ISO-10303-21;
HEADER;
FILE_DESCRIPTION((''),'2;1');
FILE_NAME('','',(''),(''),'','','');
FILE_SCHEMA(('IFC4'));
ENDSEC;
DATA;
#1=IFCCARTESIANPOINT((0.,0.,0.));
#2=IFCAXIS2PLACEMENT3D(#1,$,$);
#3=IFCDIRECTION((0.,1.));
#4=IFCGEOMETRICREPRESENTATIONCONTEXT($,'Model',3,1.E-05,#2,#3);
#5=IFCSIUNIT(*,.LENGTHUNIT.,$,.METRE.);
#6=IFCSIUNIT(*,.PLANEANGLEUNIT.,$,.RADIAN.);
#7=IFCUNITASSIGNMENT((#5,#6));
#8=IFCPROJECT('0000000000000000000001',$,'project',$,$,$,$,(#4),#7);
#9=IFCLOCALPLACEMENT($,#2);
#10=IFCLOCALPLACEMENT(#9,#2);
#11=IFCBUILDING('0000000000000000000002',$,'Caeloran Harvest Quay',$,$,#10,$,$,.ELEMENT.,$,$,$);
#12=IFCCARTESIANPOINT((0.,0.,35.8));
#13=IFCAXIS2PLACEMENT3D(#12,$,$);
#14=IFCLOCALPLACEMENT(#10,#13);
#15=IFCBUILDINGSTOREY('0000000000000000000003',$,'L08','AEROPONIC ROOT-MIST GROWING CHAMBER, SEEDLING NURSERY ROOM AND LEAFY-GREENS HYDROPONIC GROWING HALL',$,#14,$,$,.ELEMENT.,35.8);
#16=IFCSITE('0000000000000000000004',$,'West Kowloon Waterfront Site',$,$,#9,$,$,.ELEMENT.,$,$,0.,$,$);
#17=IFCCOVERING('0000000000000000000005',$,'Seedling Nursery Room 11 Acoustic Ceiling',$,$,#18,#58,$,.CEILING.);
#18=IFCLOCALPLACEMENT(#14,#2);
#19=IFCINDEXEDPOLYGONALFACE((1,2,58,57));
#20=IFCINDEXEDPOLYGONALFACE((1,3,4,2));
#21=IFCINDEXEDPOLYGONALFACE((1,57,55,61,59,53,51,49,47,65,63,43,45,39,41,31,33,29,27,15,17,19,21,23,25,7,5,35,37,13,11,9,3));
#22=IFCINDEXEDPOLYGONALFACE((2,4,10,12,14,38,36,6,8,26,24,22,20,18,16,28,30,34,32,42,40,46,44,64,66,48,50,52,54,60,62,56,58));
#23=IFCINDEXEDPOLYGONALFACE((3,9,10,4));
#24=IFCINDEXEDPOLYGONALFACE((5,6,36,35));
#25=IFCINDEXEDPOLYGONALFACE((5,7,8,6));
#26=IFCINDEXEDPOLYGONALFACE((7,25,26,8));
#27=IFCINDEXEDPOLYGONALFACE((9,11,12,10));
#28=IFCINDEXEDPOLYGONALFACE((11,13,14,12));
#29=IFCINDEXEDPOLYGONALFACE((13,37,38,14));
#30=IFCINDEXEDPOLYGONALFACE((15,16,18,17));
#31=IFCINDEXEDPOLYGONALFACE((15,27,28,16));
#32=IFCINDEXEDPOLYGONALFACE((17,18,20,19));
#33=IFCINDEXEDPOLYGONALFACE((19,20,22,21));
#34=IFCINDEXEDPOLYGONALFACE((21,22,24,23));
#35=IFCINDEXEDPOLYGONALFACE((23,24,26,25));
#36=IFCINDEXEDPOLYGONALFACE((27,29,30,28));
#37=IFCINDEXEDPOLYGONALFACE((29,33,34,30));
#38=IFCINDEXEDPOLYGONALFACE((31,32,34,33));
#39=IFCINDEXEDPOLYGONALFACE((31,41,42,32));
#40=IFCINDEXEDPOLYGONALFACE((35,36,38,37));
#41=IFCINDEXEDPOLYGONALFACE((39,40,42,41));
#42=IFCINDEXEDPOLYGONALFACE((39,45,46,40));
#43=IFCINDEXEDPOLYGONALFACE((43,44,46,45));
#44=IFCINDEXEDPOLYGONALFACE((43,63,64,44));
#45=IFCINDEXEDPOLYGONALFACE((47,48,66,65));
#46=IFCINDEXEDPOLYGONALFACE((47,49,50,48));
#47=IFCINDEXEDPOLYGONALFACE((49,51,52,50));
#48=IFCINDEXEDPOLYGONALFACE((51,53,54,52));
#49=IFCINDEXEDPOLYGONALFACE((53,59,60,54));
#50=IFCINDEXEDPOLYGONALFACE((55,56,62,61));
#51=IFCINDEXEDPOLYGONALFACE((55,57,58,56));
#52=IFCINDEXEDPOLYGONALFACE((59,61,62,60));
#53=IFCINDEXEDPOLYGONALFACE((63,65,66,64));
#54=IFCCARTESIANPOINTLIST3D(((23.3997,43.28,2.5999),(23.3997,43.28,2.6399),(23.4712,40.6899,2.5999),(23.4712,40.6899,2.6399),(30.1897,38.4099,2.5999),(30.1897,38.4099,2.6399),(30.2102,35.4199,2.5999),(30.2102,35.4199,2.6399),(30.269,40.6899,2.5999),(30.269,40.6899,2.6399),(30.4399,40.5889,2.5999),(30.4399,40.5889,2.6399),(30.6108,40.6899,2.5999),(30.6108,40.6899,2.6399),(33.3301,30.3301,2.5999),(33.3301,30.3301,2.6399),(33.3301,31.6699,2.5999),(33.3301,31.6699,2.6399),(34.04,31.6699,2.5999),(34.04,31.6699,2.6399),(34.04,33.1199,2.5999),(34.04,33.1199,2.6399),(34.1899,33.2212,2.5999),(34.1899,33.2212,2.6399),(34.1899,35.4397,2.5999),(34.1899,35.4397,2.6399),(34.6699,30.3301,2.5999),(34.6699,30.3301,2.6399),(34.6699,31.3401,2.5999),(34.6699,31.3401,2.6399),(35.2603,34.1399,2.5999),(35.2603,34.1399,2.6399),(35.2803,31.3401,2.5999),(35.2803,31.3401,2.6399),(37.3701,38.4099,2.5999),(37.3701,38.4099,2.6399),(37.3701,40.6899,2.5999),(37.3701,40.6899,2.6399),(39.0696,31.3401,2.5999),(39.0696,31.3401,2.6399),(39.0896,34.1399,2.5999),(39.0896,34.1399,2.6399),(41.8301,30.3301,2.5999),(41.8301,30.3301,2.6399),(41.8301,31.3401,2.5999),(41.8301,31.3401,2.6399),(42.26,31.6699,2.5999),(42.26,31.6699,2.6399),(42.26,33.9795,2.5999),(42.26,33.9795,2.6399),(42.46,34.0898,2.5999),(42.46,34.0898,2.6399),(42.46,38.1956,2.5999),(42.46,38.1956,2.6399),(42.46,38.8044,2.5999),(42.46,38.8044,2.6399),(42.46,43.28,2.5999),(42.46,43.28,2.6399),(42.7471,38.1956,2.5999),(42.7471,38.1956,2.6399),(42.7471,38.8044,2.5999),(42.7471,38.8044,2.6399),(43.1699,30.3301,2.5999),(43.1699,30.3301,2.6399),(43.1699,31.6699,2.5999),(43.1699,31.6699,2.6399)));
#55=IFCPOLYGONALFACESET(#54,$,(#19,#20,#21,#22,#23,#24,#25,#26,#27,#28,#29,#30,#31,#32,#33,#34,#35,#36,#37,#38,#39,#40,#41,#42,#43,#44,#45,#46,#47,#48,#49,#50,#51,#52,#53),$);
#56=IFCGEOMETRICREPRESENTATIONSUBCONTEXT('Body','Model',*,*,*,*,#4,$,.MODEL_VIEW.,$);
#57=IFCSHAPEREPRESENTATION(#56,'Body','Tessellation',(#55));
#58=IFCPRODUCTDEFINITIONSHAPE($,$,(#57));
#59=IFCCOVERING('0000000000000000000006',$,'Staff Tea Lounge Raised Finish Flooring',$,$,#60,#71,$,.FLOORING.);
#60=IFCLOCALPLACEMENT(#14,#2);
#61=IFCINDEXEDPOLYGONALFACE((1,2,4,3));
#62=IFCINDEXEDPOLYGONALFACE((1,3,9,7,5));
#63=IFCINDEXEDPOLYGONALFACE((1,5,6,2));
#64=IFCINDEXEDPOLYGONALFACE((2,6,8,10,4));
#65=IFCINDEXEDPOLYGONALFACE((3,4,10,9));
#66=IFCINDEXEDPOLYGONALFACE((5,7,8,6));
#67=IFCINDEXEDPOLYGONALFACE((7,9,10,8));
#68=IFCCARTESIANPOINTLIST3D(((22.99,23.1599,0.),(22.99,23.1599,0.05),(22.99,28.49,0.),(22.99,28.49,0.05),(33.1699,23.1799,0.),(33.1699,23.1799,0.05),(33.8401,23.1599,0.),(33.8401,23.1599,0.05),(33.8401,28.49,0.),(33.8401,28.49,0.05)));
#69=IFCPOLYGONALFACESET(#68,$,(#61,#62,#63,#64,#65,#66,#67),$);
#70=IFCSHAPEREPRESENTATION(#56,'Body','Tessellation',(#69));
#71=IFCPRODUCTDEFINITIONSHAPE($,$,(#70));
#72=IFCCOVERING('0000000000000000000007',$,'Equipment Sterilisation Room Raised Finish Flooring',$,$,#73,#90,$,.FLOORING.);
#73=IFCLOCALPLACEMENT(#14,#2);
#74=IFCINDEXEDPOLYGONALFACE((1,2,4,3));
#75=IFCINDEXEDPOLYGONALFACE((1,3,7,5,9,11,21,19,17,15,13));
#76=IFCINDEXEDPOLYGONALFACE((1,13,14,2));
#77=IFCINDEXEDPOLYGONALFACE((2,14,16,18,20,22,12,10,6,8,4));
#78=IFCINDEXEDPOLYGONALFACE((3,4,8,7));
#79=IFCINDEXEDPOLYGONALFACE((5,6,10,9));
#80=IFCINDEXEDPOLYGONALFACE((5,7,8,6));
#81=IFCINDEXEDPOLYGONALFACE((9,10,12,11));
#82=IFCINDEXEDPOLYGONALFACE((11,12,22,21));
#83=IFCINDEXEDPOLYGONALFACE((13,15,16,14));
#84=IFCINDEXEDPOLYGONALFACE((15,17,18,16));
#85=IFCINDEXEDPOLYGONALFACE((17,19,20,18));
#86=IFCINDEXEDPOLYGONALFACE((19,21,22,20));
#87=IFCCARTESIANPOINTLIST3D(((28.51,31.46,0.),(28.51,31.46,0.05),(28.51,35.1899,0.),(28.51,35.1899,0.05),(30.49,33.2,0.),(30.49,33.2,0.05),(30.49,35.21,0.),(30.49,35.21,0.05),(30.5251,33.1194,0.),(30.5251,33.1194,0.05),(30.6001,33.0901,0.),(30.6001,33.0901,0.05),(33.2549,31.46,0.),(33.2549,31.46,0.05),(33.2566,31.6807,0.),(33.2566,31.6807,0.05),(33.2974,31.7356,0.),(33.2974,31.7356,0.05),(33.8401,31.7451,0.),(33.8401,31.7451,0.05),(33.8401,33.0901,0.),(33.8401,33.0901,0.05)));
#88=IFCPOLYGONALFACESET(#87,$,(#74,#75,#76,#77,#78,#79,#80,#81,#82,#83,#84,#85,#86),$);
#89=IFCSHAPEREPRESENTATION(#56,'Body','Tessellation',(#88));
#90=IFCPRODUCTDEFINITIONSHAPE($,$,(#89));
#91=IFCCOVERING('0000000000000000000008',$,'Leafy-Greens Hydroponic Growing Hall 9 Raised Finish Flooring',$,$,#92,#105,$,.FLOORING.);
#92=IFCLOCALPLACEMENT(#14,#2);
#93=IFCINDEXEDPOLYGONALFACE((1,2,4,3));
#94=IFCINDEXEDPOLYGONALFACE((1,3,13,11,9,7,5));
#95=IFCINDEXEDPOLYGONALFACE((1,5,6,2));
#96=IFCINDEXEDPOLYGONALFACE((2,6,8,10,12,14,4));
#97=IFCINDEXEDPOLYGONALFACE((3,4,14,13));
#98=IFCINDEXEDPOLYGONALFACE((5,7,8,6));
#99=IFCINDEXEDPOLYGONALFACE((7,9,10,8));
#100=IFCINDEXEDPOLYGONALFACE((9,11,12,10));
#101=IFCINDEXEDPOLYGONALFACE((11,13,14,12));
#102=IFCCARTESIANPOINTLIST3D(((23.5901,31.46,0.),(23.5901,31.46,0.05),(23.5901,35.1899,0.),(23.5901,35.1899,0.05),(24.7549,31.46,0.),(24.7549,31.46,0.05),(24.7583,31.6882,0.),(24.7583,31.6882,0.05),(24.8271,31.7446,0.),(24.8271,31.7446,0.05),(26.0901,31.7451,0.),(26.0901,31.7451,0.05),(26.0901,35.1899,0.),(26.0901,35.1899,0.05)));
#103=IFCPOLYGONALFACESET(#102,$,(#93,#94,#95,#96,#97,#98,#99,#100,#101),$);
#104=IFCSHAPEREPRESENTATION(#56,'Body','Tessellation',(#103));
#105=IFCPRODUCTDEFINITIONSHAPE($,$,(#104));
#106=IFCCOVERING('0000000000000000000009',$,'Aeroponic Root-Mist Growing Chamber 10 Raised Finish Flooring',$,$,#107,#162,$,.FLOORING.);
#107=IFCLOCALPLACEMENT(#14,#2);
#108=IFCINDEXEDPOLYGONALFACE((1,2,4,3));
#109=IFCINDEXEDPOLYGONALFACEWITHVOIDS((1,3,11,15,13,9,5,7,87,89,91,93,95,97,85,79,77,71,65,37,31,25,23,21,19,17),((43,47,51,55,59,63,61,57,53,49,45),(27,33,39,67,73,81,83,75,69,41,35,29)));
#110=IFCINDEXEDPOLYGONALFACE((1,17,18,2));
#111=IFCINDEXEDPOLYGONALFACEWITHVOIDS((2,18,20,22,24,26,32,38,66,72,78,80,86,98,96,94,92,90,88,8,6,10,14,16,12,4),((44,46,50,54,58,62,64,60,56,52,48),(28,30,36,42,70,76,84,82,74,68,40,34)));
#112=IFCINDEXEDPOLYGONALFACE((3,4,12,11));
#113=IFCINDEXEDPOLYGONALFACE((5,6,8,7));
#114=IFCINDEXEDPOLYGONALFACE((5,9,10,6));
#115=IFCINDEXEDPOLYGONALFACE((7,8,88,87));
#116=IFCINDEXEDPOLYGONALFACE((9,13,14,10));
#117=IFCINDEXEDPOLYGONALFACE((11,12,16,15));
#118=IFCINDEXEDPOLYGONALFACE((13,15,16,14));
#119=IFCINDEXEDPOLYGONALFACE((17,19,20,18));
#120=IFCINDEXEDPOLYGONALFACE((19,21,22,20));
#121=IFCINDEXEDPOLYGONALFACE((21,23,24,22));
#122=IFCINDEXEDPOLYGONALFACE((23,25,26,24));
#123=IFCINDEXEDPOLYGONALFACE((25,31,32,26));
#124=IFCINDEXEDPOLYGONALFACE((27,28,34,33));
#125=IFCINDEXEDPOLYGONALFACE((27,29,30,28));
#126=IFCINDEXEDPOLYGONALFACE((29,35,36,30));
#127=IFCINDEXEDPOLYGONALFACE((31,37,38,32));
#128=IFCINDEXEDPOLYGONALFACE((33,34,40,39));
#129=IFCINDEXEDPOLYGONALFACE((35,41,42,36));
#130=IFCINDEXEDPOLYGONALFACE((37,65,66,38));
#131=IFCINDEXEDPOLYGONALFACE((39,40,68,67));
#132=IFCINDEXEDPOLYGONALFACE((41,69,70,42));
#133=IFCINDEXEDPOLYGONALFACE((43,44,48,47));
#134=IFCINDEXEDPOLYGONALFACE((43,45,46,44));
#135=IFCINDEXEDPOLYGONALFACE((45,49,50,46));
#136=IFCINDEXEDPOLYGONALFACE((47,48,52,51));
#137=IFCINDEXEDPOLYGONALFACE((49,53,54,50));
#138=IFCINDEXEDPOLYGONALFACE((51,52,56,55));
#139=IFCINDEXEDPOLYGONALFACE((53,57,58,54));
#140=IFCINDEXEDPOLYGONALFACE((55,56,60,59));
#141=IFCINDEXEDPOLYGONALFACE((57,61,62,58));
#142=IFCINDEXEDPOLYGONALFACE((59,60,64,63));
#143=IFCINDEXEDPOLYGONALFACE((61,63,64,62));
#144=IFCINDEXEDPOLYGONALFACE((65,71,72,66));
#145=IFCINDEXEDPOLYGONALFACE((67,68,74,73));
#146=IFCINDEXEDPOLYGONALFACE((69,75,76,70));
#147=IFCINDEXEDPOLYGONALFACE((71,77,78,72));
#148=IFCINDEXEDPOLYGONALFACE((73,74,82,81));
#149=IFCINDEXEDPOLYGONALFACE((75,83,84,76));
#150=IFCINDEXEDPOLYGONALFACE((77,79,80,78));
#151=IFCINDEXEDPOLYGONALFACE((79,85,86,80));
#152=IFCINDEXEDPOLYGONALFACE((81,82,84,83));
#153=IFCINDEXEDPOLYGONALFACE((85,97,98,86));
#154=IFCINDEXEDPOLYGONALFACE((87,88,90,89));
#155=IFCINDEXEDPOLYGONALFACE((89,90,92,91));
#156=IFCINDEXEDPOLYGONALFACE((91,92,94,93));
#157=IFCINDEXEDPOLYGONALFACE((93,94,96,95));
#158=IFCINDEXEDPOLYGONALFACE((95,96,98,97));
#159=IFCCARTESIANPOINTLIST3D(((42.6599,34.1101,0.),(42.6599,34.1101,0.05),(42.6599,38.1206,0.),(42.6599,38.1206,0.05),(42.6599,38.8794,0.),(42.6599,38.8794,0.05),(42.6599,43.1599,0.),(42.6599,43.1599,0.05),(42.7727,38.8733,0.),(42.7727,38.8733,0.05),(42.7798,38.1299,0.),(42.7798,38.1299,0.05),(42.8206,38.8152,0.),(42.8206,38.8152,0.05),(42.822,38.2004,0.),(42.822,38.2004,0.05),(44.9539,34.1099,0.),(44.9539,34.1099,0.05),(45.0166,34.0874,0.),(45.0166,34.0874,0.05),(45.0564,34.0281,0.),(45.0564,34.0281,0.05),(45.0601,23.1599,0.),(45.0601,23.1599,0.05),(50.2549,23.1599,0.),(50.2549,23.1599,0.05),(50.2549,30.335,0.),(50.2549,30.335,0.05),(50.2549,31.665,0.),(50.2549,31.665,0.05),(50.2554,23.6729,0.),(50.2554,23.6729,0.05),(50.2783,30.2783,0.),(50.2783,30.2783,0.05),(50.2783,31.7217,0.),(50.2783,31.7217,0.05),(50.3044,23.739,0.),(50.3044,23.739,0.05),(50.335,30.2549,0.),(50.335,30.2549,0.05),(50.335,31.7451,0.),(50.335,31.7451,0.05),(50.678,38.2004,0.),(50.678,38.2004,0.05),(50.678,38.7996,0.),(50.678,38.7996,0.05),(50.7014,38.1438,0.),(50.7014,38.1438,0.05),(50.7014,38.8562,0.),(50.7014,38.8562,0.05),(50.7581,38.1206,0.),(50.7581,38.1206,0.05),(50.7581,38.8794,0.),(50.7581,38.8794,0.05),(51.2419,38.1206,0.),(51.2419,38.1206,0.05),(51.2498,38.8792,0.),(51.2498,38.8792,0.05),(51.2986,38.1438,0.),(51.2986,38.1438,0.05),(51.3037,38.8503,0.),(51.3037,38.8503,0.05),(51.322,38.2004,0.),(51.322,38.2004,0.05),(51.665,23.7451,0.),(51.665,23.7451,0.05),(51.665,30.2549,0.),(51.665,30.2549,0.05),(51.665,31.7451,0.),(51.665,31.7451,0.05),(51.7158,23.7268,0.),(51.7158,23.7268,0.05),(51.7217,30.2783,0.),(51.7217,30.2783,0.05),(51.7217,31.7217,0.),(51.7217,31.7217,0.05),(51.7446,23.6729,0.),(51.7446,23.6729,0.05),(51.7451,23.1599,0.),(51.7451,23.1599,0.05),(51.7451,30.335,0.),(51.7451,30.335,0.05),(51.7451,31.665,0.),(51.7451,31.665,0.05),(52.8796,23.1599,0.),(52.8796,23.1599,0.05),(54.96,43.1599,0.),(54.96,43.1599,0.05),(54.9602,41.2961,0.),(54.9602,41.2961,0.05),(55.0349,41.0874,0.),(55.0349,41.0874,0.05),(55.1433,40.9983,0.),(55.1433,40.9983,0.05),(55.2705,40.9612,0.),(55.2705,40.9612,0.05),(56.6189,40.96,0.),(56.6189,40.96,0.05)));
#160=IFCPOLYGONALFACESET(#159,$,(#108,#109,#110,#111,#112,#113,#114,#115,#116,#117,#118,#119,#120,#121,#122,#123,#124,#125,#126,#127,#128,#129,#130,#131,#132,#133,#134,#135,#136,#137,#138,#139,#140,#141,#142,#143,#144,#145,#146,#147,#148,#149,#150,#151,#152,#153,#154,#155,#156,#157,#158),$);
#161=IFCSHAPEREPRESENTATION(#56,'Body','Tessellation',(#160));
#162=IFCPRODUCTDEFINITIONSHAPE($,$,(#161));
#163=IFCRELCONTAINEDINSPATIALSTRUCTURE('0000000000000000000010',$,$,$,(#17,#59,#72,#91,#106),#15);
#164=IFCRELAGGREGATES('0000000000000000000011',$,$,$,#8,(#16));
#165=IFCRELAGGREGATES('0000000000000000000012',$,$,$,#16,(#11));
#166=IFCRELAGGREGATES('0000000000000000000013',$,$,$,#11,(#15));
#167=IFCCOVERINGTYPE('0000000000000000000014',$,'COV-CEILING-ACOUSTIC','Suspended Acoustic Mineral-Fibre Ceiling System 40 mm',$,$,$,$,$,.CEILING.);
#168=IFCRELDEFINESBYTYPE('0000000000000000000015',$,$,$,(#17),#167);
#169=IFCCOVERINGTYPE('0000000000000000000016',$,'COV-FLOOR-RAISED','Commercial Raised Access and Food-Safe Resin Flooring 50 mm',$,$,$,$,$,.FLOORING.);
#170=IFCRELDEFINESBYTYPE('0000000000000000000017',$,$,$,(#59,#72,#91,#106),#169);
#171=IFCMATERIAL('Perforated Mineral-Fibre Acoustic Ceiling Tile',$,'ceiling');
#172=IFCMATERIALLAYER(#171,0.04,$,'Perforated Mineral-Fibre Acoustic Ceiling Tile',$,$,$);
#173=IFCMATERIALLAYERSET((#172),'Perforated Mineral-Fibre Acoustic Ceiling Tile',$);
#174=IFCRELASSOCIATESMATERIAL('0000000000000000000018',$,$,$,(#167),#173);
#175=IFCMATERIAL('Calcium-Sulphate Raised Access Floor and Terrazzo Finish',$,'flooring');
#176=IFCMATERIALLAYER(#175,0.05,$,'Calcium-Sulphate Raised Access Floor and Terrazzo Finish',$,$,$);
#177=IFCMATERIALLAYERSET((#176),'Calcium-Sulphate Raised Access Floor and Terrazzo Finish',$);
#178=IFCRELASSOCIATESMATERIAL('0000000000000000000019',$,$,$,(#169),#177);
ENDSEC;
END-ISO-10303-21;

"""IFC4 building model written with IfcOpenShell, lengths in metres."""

from ifc_helpers import new_model, si_unit, direction, frame, origin, place, context, subcontext, project, spatial, polyline, outline, extrude, material, layer, layer_set, type_object, element, save


model = new_model("IFC4")

# Units and contexts
model_context = context("Model", 3, precision=1e-05, world=origin(), true_north=direction((0.0, 1.0)))
body_context = subcontext(model_context, "Body", "Model", "MODEL_VIEW")
ifc_project = project(units=[si_unit("LENGTHUNIT", "METRE"), si_unit("PLANEANGLEUNIT", "RADIAN")], contexts=[model_context])

# Site, building, storey
site_placement = place(None, origin())
site = spatial("IfcSite", under=ifc_project, at=site_placement, Name="West Kowloon Waterfront Site", CompositionType="ELEMENT", RefElevation=0.0)
building_placement = place(site_placement, origin())
building = spatial("IfcBuilding", under=site, at=building_placement, Name="Caeloran Harvest Quay", CompositionType="ELEMENT")
storey_placement = place(building_placement, frame((0.0, 0.0, 35.8)))
storey = spatial("IfcBuildingStorey", under=building, at=storey_placement, Name="L08", Description="AEROPONIC ROOT-MIST GROWING CHAMBER, SEEDLING NURSERY ROOM AND LEAFY-GREENS HYDROPONIC GROWING HALL", CompositionType="ELEMENT", Elevation=35.8)

# Coverings
ifc_material_1 = material(Name="Perforated Mineral-Fibre Acoustic Ceiling Tile", Category="ceiling")
ifc_layer_1 = layer(ifc_material_1, 0.04, Name="Perforated Mineral-Fibre Acoustic Ceiling Tile")
ifc_layer_set_1 = layer_set([ifc_layer_1], Name="Perforated Mineral-Fibre Acoustic Ceiling Tile")
covering_type_1 = type_object("IfcCoveringType", Name="COV-CEILING-ACOUSTIC", Description="Suspended Acoustic Mineral-Fibre Ceiling System 40 mm", PredefinedType="CEILING", material=ifc_layer_set_1)
covering_1_placement = place(storey_placement, frame((0.0, 0.0, 2.5999)))
element("IfcCovering", 1, at=covering_1_placement, inside=storey, type_object=covering_type_1, Name="Seedling Nursery Room 11 Acoustic Ceiling", PredefinedType="CEILING", context=body_context, shape_type="SweptSolid", body=[
    extrude(outline(polyline([(33.3301, 31.6699), (34.04, 31.6699), (34.04, 33.1199), (34.1899, 33.2212), (34.1899, 35.4397), (30.2102, 35.4199), (30.1897, 38.4099), (37.3701, 38.4099), (37.3701, 40.6899), (30.6108, 40.6899), (30.4399, 40.5889), (30.269, 40.6899), (23.4712, 40.6899), (23.3997, 43.28), (42.46, 43.28), (42.46, 38.8044), (42.7471, 38.8044), (42.7471, 38.1956), (42.46, 38.1956), (42.46, 34.0898), (42.26, 33.9795), (42.26, 31.6699), (43.1699, 31.6699), (43.1699, 30.3301), (41.8301, 30.3301), (41.8301, 31.3401), (39.0696, 31.3401), (39.0896, 34.1399), (35.2603, 34.1399), (35.2803, 31.3401), (34.6699, 31.3401), (34.6699, 30.3301), (33.3301, 30.3301), (33.3301, 31.6699)])), origin(), (0.0, 0.0, 1.0), 0.04),
])
ifc_material_2 = material(Name="Calcium-Sulphate Raised Access Floor and Terrazzo Finish", Category="flooring")
ifc_layer_2 = layer(ifc_material_2, 0.05, Name="Calcium-Sulphate Raised Access Floor and Terrazzo Finish")
ifc_layer_set_2 = layer_set([ifc_layer_2], Name="Calcium-Sulphate Raised Access Floor and Terrazzo Finish")
covering_type_2 = type_object("IfcCoveringType", Name="COV-FLOOR-RAISED", Description="Commercial Raised Access and Food-Safe Resin Flooring 50 mm", PredefinedType="FLOORING", material=ifc_layer_set_2)
covering_2_placement = place(storey_placement, origin())
element("IfcCovering", 2, at=covering_2_placement, inside=storey, type_object=covering_type_2, Name="Staff Tea Lounge Raised Finish Flooring", PredefinedType="FLOORING", context=body_context, shape_type="SweptSolid", body=[
    extrude(outline(polyline([(22.99, 28.49), (33.8401, 28.49), (33.8401, 23.1599), (33.1699, 23.1799), (22.99, 23.1599), (22.99, 28.49)])), origin(), (0.0, 0.0, 1.0), 0.05),
])
covering_3_placement = place(storey_placement, origin())
element("IfcCovering", 3, at=covering_3_placement, inside=storey, type_object=covering_type_2, Name="Equipment Sterilisation Room Raised Finish Flooring", PredefinedType="FLOORING", context=body_context, shape_type="SweptSolid", body=[
    extrude(outline(polyline([(28.51, 35.1899), (30.49, 35.21), (30.49, 33.2), (30.5251, 33.1194), (30.6001, 33.0901), (33.8401, 33.0901), (33.8401, 31.7451), (33.2974, 31.7356), (33.2566, 31.6807), (33.2549, 31.46), (28.51, 31.46), (28.51, 35.1899)])), origin(), (0.0, 0.0, 1.0), 0.05),
])
covering_4_placement = place(storey_placement, origin())
element("IfcCovering", 4, at=covering_4_placement, inside=storey, type_object=covering_type_2, Name="Leafy-Greens Hydroponic Growing Hall 9 Raised Finish Flooring", PredefinedType="FLOORING", context=body_context, shape_type="SweptSolid", body=[
    extrude(outline(polyline([(23.5901, 35.1899), (26.0901, 35.1899), (26.0901, 31.7451), (24.8271, 31.7446), (24.7583, 31.6882), (24.7549, 31.46), (23.5901, 31.46), (23.5901, 35.1899)])), origin(), (0.0, 0.0, 1.0), 0.05),
])
covering_5_placement = place(storey_placement, origin())
element("IfcCovering", 5, at=covering_5_placement, inside=storey, type_object=covering_type_2, Name="Aeroponic Root-Mist Growing Chamber 10 Raised Finish Flooring", PredefinedType="FLOORING", context=body_context, shape_type="SweptSolid", body=[
    extrude(outline(polyline([(45.0564, 34.0281), (45.0166, 34.0874), (44.9539, 34.1099), (42.6599, 34.1101), (42.6599, 38.1206), (42.7798, 38.1299), (42.822, 38.2004), (42.8206, 38.8152), (42.7727, 38.8733), (42.6599, 38.8794), (42.6599, 43.1599), (54.96, 43.1599), (54.9602, 41.2961), (55.0349, 41.0874), (55.1433, 40.9983), (55.2705, 40.9612), (56.6189, 40.96), (52.8796, 23.1599), (51.7451, 23.1599), (51.7446, 23.6729), (51.7158, 23.7268), (51.665, 23.7451), (50.3044, 23.739), (50.2554, 23.6729), (50.2549, 23.1599), (45.0601, 23.1599), (45.0564, 34.0281)]), holes=[polyline([(51.7451, 31.665), (51.7217, 31.7217), (51.665, 31.7451), (50.335, 31.7451), (50.2783, 31.7217), (50.2549, 31.665), (50.2549, 30.335), (50.2783, 30.2783), (50.335, 30.2549), (51.665, 30.2549), (51.7217, 30.2783), (51.7451, 30.335), (51.7451, 31.665)]), polyline([(51.322, 38.2004), (51.3037, 38.8503), (51.2498, 38.8792), (50.7581, 38.8794), (50.7014, 38.8562), (50.678, 38.7996), (50.678, 38.2004), (50.7014, 38.1438), (50.7581, 38.1206), (51.2419, 38.1206), (51.2986, 38.1438), (51.322, 38.2004)])]), origin(), (0.0, 0.0, 1.0), 0.05),
])

save(model, "model.ifc")
